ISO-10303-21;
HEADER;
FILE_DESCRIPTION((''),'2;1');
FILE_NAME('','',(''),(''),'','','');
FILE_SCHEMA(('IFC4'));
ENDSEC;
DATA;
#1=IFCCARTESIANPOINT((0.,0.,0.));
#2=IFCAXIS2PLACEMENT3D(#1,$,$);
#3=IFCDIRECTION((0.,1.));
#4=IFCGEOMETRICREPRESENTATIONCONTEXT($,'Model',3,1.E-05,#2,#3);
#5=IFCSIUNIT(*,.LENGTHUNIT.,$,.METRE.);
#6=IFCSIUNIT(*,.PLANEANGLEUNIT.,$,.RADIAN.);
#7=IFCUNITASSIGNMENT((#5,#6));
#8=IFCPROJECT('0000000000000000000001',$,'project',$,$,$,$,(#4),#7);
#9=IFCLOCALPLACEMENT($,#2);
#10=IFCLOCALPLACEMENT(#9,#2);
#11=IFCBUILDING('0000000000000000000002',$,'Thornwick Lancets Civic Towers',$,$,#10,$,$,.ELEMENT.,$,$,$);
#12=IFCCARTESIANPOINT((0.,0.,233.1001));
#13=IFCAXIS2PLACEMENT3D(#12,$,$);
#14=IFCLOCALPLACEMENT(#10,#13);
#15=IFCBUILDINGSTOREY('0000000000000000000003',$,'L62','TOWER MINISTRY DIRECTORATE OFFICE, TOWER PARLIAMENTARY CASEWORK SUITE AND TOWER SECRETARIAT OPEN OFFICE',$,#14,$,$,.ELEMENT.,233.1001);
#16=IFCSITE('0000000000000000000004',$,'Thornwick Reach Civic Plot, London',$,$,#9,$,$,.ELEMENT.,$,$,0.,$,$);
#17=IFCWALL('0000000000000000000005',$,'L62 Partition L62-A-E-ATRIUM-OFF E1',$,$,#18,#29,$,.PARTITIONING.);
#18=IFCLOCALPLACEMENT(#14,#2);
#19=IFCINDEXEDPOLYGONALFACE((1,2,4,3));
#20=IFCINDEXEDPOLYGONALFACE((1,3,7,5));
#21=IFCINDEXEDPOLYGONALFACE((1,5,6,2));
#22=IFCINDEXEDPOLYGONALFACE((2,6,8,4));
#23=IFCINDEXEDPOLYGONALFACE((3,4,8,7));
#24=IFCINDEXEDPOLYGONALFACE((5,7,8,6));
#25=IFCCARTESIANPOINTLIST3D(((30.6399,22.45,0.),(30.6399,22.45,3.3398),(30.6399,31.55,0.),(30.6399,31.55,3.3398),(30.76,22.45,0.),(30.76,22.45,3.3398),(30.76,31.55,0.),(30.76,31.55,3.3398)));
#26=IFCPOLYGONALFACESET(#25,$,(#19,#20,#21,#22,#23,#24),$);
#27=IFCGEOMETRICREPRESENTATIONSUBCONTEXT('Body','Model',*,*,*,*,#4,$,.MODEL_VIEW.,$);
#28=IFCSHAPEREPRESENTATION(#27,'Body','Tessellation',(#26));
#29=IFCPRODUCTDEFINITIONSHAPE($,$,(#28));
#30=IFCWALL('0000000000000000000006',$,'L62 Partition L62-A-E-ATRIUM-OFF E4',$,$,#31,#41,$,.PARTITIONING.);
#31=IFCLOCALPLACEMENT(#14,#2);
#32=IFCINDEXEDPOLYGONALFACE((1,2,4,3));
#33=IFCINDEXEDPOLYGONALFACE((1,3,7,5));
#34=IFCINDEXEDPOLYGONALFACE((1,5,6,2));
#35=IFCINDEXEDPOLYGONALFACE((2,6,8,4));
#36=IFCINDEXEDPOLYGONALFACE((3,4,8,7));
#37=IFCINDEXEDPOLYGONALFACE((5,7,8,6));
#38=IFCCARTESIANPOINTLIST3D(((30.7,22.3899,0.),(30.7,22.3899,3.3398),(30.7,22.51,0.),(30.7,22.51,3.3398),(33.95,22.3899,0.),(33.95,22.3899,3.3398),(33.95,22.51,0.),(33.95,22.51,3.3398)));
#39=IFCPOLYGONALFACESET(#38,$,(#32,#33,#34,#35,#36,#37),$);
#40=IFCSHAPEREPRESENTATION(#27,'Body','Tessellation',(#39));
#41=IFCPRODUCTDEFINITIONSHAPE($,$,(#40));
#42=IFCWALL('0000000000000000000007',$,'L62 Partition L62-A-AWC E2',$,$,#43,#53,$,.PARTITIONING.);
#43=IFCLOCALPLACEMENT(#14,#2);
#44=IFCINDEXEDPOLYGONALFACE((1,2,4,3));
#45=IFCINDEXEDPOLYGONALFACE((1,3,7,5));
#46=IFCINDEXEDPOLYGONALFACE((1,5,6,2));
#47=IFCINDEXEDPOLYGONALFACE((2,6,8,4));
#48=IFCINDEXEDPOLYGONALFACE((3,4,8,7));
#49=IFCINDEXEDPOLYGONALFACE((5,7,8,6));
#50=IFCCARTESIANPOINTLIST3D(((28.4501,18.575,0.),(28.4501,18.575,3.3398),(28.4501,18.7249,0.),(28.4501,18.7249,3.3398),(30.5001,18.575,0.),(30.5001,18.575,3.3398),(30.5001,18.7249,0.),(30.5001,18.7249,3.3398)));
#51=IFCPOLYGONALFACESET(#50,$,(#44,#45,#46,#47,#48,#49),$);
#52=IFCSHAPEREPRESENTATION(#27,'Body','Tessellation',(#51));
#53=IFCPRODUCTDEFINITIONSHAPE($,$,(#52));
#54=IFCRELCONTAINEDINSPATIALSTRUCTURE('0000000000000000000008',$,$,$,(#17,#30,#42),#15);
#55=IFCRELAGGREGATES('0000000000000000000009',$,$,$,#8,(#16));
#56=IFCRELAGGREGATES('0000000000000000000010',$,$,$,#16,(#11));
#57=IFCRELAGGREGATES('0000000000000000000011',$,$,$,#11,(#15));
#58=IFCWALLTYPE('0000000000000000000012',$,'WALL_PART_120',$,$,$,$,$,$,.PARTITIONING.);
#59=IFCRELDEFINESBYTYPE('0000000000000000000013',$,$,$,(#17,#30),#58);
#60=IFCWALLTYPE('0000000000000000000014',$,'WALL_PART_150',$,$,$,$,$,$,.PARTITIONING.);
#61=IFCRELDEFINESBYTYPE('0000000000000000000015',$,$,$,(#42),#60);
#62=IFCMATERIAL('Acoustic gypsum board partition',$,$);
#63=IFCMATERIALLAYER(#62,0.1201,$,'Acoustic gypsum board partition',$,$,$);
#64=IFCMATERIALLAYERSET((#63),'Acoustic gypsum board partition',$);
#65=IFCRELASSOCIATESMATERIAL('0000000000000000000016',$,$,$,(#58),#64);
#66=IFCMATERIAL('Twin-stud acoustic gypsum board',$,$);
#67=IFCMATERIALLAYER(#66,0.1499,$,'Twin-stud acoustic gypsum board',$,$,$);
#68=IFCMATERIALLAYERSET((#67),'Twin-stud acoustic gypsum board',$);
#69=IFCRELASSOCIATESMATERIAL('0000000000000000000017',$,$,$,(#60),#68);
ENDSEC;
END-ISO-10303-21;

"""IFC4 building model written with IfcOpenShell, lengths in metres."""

from ifc_helpers import new_model, si_unit, direction, frame, frame_2d, origin, place, context, subcontext, project, spatial, rectangle, extrude, material, layer, layer_set, type_object, element, save


model = new_model("IFC4")

# Units and contexts
model_context = context("Model", 3, precision=1e-05, world=origin(), true_north=direction((0.0, 1.0)))
body_context = subcontext(model_context, "Body", "Model", "MODEL_VIEW")
ifc_project = project(units=[si_unit("LENGTHUNIT", "METRE"), si_unit("PLANEANGLEUNIT", "RADIAN")], contexts=[model_context])

# Site, building, storey
site_placement = place(None, origin())
site = spatial("IfcSite", under=ifc_project, at=site_placement, Name="Thornwick Reach Civic Plot, London", CompositionType="ELEMENT", RefElevation=0.0)
building_placement = place(site_placement, origin())
building = spatial("IfcBuilding", under=site, at=building_placement, Name="Thornwick Lancets Civic Towers", CompositionType="ELEMENT")
storey_placement = place(building_placement, frame((0.0, 0.0, 233.1001)))
storey = spatial("IfcBuildingStorey", under=building, at=storey_placement, Name="L62", Description="TOWER MINISTRY DIRECTORATE OFFICE, TOWER PARLIAMENTARY CASEWORK SUITE AND TOWER SECRETARIAT OPEN OFFICE", CompositionType="ELEMENT", Elevation=233.1001)

# Shared definitions
ifc_material_1 = material(Name="Acoustic gypsum board partition")
ifc_layer_1 = layer(ifc_material_1, 0.1201, Name="Acoustic gypsum board partition")
ifc_layer_set_1 = layer_set([ifc_layer_1], Name="Acoustic gypsum board partition")
wall_type_1 = type_object("IfcWallType", Name="WALL_PART_120", PredefinedType="PARTITIONING", material=ifc_layer_set_1)

# Walls
wall_1_placement = place(storey_placement, frame((30.7, 22.45, 0.0), z_axis=(0.0, 0.0, 1.0), x_axis=(0.0, 1.0, 0.0)))
element("IfcWall", 1, at=wall_1_placement, inside=storey, type_object=wall_type_1, Name="L62 Partition L62-A-E-ATRIUM-OFF E1", PredefinedType="PARTITIONING", context=body_context, shape_type="SweptSolid", body=[
    extrude(rectangle(XDim=9.1001, YDim=0.1201, at=frame_2d((4.55, 0.0))), origin(), (0.0, 0.0, 1.0), 3.3398),
])
wall_2_placement = place(storey_placement, frame((33.95, 22.45, 0.0), z_axis=(0.0, 0.0, 1.0), x_axis=(-1.0, 0.0, 0.0)))
element("IfcWall", 2, at=wall_2_placement, inside=storey, type_object=wall_type_1, Name="L62 Partition L62-A-E-ATRIUM-OFF E4", PredefinedType="PARTITIONING", context=body_context, shape_type="SweptSolid", body=[
    extrude(rectangle(XDim=3.25, YDim=0.1201, at=frame_2d((1.625, 0.0))), origin(), (0.0, 0.0, 1.0), 3.3398),
])
ifc_material_2 = material(Name="Twin-stud acoustic gypsum board")
ifc_layer_2 = layer(ifc_material_2, 0.1499, Name="Twin-stud acoustic gypsum board")
ifc_layer_set_2 = layer_set([ifc_layer_2], Name="Twin-stud acoustic gypsum board")
wall_type_2 = type_object("IfcWallType", Name="WALL_PART_150", PredefinedType="PARTITIONING", material=ifc_layer_set_2)
wall_3_placement = place(storey_placement, frame((30.5, 18.6499, 0.0), z_axis=(0.0, 0.0, 1.0), x_axis=(-1.0, 0.0, 0.0)))
element("IfcWall", 3, at=wall_3_placement, inside=storey, type_object=wall_type_2, Name="L62 Partition L62-A-AWC E2", PredefinedType="PARTITIONING", context=body_context, shape_type="SweptSolid", body=[
    extrude(rectangle(XDim=2.05, YDim=0.1499, at=frame_2d((1.0249, 0.0))), origin(), (0.0, 0.0, 1.0), 3.3398),
])

save(model, "model.ifc")
